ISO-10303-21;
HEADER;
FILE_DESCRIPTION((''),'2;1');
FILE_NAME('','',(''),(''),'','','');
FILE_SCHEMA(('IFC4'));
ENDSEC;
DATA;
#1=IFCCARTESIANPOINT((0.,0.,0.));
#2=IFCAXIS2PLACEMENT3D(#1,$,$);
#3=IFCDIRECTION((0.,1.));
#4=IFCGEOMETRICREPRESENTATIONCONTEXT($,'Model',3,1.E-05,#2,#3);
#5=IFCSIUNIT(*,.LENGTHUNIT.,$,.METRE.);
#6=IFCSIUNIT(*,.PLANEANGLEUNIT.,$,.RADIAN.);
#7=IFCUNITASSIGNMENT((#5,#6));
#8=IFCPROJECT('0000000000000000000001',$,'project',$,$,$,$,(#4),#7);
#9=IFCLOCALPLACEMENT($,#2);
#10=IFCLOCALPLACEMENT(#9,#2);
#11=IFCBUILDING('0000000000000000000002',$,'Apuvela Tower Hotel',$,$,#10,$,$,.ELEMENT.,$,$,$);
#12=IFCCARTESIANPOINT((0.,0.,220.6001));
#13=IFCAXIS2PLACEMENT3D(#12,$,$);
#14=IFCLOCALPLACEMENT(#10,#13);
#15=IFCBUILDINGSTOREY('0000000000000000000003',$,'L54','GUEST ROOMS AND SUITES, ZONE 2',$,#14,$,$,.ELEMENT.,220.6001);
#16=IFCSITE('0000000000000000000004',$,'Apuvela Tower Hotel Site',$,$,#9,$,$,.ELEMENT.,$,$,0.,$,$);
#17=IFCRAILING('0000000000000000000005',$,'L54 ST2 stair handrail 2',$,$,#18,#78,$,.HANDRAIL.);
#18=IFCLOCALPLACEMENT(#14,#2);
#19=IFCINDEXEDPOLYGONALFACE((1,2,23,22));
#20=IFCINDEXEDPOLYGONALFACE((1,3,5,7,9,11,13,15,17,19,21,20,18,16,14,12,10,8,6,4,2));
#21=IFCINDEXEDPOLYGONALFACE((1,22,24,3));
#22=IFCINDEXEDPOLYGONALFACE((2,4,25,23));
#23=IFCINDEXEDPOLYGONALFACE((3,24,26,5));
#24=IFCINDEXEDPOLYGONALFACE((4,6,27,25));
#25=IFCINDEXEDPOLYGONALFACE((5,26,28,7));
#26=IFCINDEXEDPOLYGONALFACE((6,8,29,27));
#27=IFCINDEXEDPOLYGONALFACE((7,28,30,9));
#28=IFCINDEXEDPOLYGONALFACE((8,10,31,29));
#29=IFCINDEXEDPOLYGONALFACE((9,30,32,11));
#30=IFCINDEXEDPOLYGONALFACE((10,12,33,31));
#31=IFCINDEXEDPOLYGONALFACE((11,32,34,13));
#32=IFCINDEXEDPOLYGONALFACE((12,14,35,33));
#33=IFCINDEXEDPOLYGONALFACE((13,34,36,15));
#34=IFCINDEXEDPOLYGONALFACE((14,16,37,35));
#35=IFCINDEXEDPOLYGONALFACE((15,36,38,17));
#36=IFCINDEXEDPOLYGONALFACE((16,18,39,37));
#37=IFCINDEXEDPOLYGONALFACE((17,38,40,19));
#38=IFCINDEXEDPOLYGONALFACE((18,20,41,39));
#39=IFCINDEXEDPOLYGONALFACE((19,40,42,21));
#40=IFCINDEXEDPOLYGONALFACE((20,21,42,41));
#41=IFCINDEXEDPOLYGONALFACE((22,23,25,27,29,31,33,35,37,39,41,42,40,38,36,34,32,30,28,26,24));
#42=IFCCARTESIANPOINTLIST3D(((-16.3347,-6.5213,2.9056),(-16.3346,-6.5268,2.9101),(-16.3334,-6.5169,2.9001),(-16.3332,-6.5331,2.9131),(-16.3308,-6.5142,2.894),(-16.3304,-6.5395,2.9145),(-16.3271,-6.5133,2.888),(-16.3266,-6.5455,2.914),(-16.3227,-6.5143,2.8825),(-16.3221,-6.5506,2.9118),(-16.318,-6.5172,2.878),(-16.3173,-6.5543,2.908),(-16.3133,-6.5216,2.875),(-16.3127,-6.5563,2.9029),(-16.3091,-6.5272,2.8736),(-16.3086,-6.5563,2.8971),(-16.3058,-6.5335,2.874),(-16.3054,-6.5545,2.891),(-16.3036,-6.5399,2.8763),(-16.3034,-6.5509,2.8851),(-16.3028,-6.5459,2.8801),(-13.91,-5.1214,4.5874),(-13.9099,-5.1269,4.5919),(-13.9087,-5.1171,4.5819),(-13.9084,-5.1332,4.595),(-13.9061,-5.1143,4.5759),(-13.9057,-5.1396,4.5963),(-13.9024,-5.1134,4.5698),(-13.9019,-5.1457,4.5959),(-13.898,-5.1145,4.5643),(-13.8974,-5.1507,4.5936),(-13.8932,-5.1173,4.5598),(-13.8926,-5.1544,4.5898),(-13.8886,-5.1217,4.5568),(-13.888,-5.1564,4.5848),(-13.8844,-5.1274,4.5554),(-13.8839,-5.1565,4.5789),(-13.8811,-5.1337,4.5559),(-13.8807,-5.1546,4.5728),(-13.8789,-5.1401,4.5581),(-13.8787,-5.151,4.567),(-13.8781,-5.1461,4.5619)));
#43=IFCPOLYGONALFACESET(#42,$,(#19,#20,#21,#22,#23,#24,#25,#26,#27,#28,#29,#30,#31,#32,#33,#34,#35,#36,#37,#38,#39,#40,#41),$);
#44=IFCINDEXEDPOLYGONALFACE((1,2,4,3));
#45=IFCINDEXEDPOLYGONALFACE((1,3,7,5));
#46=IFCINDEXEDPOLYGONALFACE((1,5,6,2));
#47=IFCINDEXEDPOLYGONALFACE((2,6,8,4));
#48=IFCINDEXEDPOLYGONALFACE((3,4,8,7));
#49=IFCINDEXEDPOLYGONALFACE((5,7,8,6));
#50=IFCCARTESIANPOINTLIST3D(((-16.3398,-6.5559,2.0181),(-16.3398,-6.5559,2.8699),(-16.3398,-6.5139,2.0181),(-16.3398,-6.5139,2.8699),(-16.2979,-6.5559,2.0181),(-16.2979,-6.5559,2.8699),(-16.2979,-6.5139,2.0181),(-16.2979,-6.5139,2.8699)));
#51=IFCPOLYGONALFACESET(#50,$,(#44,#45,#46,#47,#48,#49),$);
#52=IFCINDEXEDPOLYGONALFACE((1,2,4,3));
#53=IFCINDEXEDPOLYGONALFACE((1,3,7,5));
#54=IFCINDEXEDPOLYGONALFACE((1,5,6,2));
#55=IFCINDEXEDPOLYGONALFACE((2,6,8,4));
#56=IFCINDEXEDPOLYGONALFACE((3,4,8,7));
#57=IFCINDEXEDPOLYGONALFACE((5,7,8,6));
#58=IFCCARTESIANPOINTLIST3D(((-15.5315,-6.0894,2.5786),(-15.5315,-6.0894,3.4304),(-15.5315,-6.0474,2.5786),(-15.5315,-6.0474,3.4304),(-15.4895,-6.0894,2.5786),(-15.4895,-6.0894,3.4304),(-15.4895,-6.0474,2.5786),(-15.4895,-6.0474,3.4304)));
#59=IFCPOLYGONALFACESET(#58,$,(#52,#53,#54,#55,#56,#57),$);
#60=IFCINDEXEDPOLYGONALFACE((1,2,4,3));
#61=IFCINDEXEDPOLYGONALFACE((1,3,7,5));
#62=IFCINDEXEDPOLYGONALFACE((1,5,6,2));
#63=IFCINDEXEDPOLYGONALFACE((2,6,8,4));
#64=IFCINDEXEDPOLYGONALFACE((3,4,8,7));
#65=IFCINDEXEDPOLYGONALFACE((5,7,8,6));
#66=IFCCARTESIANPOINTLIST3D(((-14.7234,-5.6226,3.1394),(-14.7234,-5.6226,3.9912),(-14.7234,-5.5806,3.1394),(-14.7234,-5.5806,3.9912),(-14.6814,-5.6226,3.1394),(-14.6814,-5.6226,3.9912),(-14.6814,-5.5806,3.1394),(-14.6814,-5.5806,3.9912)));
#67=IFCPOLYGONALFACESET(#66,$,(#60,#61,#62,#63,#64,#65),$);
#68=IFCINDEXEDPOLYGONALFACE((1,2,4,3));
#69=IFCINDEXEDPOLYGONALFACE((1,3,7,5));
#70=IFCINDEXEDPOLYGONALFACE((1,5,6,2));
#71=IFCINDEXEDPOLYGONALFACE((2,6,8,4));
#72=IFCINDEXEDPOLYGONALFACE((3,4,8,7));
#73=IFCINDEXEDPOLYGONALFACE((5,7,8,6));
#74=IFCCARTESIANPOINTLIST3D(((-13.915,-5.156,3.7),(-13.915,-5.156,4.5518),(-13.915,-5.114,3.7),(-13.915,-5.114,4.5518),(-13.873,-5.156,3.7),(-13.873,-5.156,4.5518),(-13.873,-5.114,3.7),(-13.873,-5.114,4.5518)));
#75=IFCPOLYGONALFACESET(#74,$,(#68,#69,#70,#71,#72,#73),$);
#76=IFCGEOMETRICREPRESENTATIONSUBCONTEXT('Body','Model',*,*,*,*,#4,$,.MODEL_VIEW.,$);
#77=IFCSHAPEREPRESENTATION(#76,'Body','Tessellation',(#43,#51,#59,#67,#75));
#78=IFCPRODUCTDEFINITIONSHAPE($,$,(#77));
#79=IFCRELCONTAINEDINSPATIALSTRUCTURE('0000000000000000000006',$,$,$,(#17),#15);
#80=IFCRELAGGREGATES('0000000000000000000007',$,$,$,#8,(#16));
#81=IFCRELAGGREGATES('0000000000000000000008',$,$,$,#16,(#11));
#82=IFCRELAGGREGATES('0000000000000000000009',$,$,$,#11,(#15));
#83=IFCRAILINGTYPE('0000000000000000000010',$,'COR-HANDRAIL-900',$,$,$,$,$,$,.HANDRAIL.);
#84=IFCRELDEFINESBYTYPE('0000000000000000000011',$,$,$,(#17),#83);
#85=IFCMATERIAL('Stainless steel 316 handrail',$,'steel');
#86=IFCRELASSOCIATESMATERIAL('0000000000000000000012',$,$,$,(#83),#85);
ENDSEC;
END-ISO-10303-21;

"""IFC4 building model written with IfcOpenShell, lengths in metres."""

from ifc_helpers import new_model, si_unit, direction, frame, origin, origin_2d, place, context, subcontext, project, spatial, rectangle, circle, extrude, material, type_object, element, save


model = new_model("IFC4")

# Units and contexts
model_context = context("Model", 3, precision=1e-05, world=origin(), true_north=direction((0.0, 1.0)))
body_context = subcontext(model_context, "Body", "Model", "MODEL_VIEW")
ifc_project = project(units=[si_unit("LENGTHUNIT", "METRE"), si_unit("PLANEANGLEUNIT", "RADIAN")], contexts=[model_context])

# Site, building, storey
site_placement = place(None, origin())
site = spatial("IfcSite", under=ifc_project, at=site_placement, Name="Apuvela Tower Hotel Site", CompositionType="ELEMENT", RefElevation=0.0)
building_placement = place(site_placement, origin())
building = spatial("IfcBuilding", under=site, at=building_placement, Name="Apuvela Tower Hotel", CompositionType="ELEMENT")
storey_placement = place(building_placement, frame((0.0, 0.0, 220.6001)))
storey = spatial("IfcBuildingStorey", under=building, at=storey_placement, Name="L54", Description="GUEST ROOMS AND SUITES, ZONE 2", CompositionType="ELEMENT", Elevation=220.6001)

# Railing
ifc_material_1 = material(Name="Stainless steel 316 handrail", Category="steel")
railing_type_1 = type_object("IfcRailingType", Name="COR-HANDRAIL-900", PredefinedType="HANDRAIL", material=ifc_material_1)
railing_1_placement = place(storey_placement, frame((-16.3188, -6.5349, 2.0181)))
element("IfcRailing", 1, at=railing_1_placement, inside=storey, type_object=railing_type_1, Name="L54 ST2 stair handrail 2", PredefinedType="HANDRAIL", context=body_context, shape_type="SweptSolid", body=[
    extrude(circle(Radius=0.0239, at=origin_2d()), frame((0.0, 0.0, 0.876), z_axis=(0.74239, 0.428601, 0.514934), x_axis=(-0.499984, 0.866035, 0.0)), (0.0, 0.0, 1.0), 3.2661),
    extrude(rectangle(XDim=0.042, YDim=0.042, at=origin_2d()), origin(), (0.0, 0.0, 1.0), 0.8518),
    extrude(rectangle(XDim=0.042, YDim=0.042, at=origin_2d()), frame((0.8083, 0.4666, 0.5605)), (0.0, 0.0, 1.0), 0.8518),
    extrude(rectangle(XDim=0.042, YDim=0.042, at=origin_2d()), frame((1.6165, 0.9333, 1.1213)), (0.0, 0.0, 1.0), 0.8518),
    extrude(rectangle(XDim=0.042, YDim=0.042, at=origin_2d()), frame((2.4248, 1.3999, 1.6819)), (0.0, 0.0, 1.0), 0.8518),
])

save(model, "model.ifc")
